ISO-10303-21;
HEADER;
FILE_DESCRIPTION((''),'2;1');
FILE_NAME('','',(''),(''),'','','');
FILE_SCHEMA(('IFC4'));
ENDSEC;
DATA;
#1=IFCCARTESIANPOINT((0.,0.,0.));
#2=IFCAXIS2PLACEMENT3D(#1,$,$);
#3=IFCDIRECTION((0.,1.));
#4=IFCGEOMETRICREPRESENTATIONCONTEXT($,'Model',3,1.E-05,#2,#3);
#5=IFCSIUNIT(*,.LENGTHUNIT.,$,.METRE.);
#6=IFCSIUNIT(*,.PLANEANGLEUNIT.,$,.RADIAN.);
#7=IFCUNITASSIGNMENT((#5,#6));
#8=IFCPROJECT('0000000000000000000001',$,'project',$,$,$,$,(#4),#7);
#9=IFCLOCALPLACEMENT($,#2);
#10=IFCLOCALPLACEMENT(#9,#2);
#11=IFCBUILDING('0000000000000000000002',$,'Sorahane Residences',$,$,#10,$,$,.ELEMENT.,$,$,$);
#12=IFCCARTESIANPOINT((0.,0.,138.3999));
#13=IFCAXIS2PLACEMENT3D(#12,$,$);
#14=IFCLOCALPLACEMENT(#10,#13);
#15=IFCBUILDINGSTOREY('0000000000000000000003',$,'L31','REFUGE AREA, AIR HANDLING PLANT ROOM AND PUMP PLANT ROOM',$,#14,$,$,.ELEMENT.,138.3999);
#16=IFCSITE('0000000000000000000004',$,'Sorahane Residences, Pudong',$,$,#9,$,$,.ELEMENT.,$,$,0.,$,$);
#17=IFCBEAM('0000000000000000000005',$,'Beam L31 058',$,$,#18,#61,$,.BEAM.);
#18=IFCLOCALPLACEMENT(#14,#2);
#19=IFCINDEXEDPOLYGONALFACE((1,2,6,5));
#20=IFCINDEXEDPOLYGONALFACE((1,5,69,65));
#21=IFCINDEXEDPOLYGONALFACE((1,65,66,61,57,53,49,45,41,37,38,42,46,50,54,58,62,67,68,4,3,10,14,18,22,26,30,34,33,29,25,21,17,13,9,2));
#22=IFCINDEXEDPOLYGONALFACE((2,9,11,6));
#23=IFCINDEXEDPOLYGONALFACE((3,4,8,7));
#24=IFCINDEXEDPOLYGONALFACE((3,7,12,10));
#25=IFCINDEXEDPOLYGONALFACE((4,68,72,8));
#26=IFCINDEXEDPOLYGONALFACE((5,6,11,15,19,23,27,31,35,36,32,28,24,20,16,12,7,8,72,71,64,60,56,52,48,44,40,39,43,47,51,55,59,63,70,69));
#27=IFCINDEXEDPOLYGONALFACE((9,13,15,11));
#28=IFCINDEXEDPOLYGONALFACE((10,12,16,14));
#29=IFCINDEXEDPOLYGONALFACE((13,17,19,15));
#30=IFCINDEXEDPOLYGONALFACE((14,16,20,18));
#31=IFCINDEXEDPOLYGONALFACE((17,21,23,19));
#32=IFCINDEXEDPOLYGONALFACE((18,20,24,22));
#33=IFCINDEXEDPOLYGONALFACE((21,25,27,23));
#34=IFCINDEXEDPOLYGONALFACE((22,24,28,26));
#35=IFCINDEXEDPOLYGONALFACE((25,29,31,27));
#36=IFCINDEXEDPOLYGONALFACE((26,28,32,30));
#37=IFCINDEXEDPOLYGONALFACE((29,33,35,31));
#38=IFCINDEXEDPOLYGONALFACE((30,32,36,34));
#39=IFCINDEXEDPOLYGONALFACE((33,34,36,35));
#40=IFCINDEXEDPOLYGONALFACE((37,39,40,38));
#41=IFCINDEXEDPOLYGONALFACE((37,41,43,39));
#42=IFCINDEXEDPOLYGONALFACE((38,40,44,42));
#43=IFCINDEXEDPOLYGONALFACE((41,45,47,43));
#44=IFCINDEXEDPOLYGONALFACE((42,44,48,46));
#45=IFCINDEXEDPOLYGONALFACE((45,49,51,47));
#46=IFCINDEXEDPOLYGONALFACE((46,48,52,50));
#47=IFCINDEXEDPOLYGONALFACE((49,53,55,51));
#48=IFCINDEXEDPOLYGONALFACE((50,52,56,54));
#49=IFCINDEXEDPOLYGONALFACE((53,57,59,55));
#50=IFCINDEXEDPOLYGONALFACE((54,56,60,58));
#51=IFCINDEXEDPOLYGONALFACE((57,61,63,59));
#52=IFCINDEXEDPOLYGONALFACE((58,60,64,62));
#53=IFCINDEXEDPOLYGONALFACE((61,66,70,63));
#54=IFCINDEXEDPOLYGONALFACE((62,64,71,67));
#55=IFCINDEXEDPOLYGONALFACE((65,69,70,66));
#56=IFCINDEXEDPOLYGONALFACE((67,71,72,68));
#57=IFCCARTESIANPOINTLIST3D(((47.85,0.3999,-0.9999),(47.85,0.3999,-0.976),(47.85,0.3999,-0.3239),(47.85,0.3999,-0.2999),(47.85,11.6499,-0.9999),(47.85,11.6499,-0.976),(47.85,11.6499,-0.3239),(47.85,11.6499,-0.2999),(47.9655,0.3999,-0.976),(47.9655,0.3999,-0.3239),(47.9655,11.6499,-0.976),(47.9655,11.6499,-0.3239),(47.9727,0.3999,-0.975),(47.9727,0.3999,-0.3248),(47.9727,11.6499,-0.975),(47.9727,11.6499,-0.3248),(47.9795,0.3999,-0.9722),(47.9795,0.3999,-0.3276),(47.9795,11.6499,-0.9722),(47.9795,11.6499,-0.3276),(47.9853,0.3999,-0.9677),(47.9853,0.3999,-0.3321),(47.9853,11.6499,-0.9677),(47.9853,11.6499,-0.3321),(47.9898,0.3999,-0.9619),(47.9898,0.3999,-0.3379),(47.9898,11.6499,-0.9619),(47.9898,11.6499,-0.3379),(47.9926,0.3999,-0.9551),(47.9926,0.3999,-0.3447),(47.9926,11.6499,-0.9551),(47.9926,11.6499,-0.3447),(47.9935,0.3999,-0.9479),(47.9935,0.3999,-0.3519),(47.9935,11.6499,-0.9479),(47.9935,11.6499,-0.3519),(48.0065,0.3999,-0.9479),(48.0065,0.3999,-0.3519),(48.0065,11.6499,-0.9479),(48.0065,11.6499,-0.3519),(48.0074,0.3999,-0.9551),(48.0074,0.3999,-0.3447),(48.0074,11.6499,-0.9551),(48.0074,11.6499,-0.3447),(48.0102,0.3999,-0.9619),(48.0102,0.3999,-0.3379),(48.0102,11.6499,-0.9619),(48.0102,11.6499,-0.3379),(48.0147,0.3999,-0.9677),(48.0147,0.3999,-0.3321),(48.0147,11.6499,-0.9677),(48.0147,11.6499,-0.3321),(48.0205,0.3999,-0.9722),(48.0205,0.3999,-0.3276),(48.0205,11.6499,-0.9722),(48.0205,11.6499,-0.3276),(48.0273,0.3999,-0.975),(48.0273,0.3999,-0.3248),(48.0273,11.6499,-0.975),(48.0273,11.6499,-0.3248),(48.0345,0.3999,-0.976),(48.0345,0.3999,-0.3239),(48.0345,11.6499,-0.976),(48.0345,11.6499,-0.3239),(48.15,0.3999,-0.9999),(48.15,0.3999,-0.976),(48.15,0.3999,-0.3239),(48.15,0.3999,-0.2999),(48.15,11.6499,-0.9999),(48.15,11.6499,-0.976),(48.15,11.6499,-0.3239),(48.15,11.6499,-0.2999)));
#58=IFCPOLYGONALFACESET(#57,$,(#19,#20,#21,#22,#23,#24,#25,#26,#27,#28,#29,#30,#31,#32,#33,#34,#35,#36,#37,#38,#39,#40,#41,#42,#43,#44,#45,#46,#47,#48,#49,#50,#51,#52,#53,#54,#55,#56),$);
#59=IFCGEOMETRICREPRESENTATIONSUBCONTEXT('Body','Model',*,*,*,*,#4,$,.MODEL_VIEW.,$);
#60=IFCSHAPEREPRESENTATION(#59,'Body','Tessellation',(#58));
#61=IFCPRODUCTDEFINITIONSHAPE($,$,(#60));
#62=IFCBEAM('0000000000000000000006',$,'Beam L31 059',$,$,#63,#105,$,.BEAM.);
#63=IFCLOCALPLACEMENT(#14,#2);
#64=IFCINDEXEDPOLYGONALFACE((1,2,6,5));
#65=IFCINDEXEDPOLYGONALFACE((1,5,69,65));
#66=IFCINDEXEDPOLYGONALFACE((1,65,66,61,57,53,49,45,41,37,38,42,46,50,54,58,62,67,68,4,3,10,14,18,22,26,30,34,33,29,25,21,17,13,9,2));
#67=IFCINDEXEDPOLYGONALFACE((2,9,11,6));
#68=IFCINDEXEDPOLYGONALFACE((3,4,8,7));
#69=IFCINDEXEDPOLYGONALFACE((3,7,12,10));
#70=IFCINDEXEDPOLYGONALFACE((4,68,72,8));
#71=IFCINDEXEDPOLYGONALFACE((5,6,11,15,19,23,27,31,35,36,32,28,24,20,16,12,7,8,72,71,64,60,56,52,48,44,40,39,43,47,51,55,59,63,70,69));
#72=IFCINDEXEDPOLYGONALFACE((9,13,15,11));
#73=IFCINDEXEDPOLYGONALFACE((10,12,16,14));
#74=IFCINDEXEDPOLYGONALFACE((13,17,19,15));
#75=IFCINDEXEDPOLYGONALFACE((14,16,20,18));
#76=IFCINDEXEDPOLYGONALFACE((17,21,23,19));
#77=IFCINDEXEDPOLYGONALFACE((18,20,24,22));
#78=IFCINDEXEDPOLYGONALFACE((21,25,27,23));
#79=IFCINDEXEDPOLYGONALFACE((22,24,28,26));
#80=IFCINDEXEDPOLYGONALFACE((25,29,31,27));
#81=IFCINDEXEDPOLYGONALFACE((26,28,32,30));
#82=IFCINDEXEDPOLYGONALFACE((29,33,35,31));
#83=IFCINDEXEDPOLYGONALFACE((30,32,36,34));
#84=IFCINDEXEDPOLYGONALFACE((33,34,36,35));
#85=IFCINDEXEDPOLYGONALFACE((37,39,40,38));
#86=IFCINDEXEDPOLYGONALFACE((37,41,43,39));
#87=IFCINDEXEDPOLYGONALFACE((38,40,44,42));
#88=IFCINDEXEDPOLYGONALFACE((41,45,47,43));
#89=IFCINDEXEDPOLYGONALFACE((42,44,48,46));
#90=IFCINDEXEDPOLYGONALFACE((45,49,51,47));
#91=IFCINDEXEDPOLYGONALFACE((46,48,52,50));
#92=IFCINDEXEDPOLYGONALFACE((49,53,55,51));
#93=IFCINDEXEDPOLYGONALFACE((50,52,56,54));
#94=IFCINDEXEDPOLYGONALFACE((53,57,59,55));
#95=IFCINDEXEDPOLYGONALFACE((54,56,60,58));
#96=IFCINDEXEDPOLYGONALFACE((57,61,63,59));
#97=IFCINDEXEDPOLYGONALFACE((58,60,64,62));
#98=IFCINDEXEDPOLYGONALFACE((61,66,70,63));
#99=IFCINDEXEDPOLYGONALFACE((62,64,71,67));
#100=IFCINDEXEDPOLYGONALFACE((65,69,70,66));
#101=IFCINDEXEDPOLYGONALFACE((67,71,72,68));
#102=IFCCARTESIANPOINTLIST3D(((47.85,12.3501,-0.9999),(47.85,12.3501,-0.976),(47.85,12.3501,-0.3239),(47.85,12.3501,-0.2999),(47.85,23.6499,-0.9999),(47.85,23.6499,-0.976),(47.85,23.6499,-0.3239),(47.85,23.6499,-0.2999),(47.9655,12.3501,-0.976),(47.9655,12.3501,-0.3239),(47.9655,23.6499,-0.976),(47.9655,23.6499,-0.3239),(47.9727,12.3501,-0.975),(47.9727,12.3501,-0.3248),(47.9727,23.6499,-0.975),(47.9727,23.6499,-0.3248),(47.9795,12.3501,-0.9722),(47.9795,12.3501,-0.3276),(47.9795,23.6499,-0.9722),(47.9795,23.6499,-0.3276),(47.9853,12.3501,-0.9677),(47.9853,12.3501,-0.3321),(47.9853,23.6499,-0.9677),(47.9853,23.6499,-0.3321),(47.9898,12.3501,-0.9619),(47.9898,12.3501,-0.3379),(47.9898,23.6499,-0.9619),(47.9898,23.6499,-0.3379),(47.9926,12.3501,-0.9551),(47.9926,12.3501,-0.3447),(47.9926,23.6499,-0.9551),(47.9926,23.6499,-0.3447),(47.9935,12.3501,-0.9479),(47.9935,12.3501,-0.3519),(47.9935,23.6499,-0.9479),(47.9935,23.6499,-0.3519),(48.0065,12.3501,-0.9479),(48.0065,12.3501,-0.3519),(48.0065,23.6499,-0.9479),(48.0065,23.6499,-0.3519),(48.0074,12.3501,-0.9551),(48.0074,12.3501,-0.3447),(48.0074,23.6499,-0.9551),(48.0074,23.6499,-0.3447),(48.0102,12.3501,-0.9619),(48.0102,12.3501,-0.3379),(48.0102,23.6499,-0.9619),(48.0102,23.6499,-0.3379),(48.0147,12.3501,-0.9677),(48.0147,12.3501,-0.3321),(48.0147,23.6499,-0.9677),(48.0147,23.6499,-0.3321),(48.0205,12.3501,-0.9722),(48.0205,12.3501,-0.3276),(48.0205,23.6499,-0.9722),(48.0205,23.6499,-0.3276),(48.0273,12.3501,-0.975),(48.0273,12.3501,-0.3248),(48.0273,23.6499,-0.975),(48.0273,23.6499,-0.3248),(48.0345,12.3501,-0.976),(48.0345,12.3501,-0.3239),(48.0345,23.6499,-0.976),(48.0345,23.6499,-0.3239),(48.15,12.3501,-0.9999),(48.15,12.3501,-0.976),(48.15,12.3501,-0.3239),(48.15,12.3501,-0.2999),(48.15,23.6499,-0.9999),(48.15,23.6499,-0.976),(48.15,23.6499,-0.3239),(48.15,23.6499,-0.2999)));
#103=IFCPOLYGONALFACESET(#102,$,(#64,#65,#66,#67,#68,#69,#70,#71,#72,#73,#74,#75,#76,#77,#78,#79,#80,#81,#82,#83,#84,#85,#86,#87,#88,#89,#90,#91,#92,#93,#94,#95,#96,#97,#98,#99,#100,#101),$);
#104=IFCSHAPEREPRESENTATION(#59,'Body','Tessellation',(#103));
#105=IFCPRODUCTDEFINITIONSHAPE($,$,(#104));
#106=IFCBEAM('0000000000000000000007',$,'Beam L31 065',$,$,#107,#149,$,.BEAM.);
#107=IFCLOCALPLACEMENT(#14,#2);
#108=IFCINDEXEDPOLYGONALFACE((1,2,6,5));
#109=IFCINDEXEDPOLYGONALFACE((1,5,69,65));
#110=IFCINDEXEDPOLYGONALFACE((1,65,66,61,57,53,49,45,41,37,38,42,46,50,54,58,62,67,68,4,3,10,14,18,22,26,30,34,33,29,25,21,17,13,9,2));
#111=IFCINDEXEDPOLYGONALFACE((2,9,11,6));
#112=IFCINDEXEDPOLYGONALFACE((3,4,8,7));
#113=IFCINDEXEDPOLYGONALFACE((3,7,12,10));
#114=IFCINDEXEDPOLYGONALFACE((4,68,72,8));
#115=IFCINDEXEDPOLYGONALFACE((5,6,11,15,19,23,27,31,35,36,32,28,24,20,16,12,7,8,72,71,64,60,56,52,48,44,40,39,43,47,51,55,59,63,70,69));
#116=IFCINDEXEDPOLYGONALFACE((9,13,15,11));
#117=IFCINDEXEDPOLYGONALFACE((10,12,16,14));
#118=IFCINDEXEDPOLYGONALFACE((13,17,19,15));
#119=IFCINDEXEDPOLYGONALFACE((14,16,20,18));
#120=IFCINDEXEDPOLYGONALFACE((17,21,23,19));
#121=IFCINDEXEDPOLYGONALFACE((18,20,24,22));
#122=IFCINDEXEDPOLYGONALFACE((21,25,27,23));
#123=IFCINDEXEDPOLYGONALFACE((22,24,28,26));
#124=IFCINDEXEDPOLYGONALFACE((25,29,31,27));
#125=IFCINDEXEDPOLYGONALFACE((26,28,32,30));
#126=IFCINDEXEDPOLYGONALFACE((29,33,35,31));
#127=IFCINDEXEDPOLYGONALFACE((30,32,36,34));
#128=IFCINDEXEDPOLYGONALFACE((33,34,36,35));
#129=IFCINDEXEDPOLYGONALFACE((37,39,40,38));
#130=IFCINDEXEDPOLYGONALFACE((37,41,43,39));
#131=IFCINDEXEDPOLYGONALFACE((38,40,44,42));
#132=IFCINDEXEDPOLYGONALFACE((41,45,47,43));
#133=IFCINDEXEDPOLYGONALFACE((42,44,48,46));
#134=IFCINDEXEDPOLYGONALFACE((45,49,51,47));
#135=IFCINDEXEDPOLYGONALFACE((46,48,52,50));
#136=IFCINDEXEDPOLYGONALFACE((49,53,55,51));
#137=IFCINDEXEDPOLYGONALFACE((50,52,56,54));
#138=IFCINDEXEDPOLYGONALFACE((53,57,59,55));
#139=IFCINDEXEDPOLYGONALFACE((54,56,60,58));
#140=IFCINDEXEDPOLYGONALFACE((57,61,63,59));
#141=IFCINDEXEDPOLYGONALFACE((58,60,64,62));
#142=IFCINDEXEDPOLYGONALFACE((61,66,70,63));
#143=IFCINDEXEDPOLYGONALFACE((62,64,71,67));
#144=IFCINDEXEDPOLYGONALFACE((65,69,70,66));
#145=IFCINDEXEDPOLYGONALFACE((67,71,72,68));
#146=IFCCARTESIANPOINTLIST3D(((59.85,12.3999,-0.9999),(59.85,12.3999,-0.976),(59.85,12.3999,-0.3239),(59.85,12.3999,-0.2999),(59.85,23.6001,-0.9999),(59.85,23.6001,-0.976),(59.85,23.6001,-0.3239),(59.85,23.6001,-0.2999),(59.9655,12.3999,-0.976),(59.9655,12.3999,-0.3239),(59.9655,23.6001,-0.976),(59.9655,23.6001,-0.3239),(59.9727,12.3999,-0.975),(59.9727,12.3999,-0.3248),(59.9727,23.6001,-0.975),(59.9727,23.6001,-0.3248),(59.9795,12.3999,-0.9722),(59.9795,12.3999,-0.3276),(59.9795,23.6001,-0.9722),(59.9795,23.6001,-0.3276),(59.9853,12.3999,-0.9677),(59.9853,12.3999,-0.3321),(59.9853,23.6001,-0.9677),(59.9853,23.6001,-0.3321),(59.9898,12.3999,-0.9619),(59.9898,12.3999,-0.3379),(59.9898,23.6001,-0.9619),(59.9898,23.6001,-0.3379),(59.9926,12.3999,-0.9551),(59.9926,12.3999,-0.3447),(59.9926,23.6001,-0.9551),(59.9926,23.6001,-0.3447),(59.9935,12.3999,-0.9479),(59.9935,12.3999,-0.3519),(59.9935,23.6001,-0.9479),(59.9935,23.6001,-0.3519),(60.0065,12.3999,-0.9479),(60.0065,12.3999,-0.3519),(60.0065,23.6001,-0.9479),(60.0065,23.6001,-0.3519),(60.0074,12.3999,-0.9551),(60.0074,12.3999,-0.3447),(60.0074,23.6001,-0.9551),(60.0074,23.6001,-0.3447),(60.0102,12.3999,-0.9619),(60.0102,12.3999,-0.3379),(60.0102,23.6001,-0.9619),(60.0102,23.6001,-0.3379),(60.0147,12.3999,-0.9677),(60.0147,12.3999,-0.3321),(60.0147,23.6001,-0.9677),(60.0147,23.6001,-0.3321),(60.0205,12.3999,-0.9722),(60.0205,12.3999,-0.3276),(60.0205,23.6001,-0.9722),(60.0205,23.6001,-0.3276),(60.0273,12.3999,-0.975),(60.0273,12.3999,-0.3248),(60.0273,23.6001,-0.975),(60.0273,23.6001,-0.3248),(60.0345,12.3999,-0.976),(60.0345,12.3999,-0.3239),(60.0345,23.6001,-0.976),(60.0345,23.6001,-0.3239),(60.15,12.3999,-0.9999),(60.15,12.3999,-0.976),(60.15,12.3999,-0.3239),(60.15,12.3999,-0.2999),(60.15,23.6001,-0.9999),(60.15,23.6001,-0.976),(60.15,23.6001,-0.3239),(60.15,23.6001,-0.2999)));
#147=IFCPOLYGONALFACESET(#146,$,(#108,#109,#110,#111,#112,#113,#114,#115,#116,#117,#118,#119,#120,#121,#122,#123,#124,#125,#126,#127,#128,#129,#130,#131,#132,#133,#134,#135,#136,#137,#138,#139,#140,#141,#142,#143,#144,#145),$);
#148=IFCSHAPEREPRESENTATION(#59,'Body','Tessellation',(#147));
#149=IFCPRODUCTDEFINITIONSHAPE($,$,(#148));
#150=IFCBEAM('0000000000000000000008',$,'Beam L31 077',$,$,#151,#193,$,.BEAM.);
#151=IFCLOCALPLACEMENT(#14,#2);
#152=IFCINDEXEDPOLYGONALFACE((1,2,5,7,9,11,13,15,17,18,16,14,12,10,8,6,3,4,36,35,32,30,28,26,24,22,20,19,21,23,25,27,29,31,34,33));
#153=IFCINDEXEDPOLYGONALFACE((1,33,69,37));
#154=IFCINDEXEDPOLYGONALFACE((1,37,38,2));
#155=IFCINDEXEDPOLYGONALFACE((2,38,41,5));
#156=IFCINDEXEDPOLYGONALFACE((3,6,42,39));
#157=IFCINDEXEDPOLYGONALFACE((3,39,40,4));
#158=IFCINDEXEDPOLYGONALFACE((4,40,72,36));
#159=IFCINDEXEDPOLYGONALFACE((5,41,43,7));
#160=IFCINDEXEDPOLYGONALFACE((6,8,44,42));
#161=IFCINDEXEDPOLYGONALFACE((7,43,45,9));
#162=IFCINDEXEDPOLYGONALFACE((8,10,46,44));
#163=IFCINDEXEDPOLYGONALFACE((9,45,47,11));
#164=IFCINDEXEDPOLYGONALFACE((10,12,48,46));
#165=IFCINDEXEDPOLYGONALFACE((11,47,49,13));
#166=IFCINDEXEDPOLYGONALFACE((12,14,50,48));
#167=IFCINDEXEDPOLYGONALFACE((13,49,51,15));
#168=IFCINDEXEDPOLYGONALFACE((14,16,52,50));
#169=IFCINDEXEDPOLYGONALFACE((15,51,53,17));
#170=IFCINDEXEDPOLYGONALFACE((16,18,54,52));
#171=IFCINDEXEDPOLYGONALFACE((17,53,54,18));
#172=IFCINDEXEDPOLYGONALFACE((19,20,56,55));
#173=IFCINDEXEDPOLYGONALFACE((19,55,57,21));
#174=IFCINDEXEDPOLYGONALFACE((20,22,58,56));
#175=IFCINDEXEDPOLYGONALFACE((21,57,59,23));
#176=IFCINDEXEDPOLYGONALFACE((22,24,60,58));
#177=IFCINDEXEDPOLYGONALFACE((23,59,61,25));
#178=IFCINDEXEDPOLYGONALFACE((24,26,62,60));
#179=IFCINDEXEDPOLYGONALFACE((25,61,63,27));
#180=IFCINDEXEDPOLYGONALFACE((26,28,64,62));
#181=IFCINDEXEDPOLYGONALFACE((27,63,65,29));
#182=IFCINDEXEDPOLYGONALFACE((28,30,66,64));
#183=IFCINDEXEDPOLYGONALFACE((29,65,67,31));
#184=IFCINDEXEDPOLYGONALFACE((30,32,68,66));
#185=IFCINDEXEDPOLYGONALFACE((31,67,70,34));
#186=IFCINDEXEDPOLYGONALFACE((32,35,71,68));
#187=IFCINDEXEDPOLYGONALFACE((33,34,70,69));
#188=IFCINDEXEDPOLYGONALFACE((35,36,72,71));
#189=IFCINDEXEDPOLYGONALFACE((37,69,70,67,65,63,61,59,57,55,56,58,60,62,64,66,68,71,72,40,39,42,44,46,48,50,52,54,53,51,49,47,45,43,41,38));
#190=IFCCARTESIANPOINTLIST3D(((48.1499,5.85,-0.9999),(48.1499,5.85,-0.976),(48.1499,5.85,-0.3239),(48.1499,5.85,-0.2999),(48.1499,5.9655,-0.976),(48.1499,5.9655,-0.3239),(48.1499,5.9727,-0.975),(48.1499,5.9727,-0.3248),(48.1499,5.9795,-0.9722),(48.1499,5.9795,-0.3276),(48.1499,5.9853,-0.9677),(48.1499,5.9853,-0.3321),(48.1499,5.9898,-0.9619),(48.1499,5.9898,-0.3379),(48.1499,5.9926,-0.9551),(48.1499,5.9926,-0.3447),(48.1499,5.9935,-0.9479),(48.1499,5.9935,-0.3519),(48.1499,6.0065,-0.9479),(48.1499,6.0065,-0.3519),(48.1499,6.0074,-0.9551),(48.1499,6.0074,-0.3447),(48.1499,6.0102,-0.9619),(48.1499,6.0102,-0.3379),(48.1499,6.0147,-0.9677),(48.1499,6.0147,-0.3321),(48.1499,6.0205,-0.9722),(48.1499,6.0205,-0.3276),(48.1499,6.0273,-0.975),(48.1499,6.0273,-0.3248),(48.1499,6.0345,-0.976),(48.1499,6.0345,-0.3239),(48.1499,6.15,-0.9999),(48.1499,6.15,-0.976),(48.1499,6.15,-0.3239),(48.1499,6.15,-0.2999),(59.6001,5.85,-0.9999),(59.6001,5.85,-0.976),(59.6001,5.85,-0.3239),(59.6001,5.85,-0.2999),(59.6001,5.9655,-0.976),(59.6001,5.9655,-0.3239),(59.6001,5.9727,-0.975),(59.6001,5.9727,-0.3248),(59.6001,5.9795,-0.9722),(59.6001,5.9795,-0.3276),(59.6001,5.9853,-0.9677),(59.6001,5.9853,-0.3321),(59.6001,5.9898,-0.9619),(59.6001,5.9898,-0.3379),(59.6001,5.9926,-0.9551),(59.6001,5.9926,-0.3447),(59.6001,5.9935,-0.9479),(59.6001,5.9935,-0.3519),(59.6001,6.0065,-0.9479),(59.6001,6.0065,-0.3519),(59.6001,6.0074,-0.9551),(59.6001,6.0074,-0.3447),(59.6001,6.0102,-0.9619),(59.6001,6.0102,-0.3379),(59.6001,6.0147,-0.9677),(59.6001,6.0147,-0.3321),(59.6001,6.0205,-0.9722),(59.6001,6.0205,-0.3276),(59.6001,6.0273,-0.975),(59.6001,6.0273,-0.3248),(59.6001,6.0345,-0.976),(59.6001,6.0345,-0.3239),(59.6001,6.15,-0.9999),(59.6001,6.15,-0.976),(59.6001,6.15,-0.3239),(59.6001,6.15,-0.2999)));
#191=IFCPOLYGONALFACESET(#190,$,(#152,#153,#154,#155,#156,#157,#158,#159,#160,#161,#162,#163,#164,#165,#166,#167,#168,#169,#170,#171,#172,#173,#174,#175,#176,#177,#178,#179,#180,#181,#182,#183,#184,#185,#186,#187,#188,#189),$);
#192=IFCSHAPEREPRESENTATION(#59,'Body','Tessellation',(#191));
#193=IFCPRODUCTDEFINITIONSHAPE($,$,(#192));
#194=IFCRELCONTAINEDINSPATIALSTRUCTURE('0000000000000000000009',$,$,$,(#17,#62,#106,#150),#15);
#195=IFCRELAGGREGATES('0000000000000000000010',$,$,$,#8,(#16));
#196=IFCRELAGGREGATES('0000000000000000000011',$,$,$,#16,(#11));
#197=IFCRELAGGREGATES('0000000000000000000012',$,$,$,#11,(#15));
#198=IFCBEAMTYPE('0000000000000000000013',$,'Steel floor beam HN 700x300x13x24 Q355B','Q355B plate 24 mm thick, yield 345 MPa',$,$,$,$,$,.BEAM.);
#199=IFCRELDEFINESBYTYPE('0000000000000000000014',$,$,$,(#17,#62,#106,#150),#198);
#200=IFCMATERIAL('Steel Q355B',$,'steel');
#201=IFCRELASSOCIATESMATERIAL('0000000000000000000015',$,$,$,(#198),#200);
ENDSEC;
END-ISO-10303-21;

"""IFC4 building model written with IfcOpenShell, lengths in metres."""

from ifc_helpers import new_model, si_unit, direction, frame, origin, origin_2d, place, context, subcontext, project, spatial, i_section, extrude, material, material_profile, profile_set, type_object, element, save


model = new_model("IFC4")

# Units and contexts
model_context = context("Model", 3, precision=1e-05, world=origin(), true_north=direction((0.0, 1.0)))
body_context = subcontext(model_context, "Body", "Model", "MODEL_VIEW")
ifc_project = project(units=[si_unit("LENGTHUNIT", "METRE"), si_unit("PLANEANGLEUNIT", "RADIAN")], contexts=[model_context])

# Site, building, storey
site_placement = place(None, origin())
site = spatial("IfcSite", under=ifc_project, at=site_placement, Name="Sorahane Residences, Pudong", CompositionType="ELEMENT", RefElevation=0.0)
building_placement = place(site_placement, origin())
building = spatial("IfcBuilding", under=site, at=building_placement, Name="Sorahane Residences", CompositionType="ELEMENT")
storey_placement = place(building_placement, frame((0.0, 0.0, 138.3999)))
storey = spatial("IfcBuildingStorey", under=building, at=storey_placement, Name="L31", Description="REFUGE AREA, AIR HANDLING PLANT ROOM AND PUMP PLANT ROOM", CompositionType="ELEMENT", Elevation=138.3999)

# Beams
ifc_material_1 = material(Name="Steel Q355B", Category="steel")
ifc_material_profile_1 = material_profile(ifc_material_1, i_section(OverallWidth=0.3, OverallDepth=0.7, WebThickness=0.0129, FlangeThickness=0.0239, FilletRadius=0.0281, at=origin_2d()), Name="HN 700x300x13x24")
ifc_profile_set_1 = profile_set([ifc_material_profile_1], Name="Steel Q355B")
beam_type_1 = type_object("IfcBeamType", Name="Steel floor beam HN 700x300x13x24 Q355B", Description="Q355B plate 24 mm thick, yield 345 MPa", PredefinedType="BEAM", material=ifc_profile_set_1)
beam_1_placement = place(storey_placement, frame((48.0, 0.3999, -0.6499), z_axis=(0.0, 1.0, 0.0), x_axis=(-1.0, 0.0, 0.0)))
element("IfcBeam", 1, at=beam_1_placement, inside=storey, type_object=beam_type_1, Name="Beam L31 058", PredefinedType="BEAM", context=body_context, shape_type="SweptSolid", body=[
    extrude(i_section(OverallWidth=0.3, OverallDepth=0.7, WebThickness=0.0129, FlangeThickness=0.0239, FilletRadius=0.0281, at=origin_2d()), origin(), (0.0, 0.0, 1.0), 11.25),
])
beam_2_placement = place(storey_placement, frame((48.0, 12.3501, -0.6499), z_axis=(0.0, 1.0, 0.0), x_axis=(-1.0, 0.0, 0.0)))
element("IfcBeam", 2, at=beam_2_placement, inside=storey, type_object=beam_type_1, Name="Beam L31 059", PredefinedType="BEAM", context=body_context, shape_type="SweptSolid", body=[
    extrude(i_section(OverallWidth=0.3, OverallDepth=0.7, WebThickness=0.0129, FlangeThickness=0.0239, FilletRadius=0.0281, at=origin_2d()), origin(), (0.0, 0.0, 1.0), 11.2998),
])
beam_3_placement = place(storey_placement, frame((60.0, 12.3999, -0.6499), z_axis=(0.0, 1.0, 0.0), x_axis=(-1.0, 0.0, 0.0)))
element("IfcBeam", 3, at=beam_3_placement, inside=storey, type_object=beam_type_1, Name="Beam L31 065", PredefinedType="BEAM", context=body_context, shape_type="SweptSolid", body=[
    extrude(i_section(OverallWidth=0.3, OverallDepth=0.7, WebThickness=0.0129, FlangeThickness=0.0239, FilletRadius=0.0281, at=origin_2d()), origin(), (0.0, 0.0, 1.0), 11.2002),
])
beam_4_placement = place(storey_placement, frame((48.1499, 6.0, -0.6499), z_axis=(1.0, 0.0, 0.0), x_axis=(0.0, 1.0, 0.0)))
element("IfcBeam", 4, at=beam_4_placement, inside=storey, type_object=beam_type_1, Name="Beam L31 077", PredefinedType="BEAM", context=body_context, shape_type="SweptSolid", body=[
    extrude(i_section(OverallWidth=0.3, OverallDepth=0.7, WebThickness=0.0129, FlangeThickness=0.0239, FilletRadius=0.0281, at=origin_2d()), origin(), (0.0, 0.0, 1.0), 11.4502),
])

save(model, "model.ifc")
